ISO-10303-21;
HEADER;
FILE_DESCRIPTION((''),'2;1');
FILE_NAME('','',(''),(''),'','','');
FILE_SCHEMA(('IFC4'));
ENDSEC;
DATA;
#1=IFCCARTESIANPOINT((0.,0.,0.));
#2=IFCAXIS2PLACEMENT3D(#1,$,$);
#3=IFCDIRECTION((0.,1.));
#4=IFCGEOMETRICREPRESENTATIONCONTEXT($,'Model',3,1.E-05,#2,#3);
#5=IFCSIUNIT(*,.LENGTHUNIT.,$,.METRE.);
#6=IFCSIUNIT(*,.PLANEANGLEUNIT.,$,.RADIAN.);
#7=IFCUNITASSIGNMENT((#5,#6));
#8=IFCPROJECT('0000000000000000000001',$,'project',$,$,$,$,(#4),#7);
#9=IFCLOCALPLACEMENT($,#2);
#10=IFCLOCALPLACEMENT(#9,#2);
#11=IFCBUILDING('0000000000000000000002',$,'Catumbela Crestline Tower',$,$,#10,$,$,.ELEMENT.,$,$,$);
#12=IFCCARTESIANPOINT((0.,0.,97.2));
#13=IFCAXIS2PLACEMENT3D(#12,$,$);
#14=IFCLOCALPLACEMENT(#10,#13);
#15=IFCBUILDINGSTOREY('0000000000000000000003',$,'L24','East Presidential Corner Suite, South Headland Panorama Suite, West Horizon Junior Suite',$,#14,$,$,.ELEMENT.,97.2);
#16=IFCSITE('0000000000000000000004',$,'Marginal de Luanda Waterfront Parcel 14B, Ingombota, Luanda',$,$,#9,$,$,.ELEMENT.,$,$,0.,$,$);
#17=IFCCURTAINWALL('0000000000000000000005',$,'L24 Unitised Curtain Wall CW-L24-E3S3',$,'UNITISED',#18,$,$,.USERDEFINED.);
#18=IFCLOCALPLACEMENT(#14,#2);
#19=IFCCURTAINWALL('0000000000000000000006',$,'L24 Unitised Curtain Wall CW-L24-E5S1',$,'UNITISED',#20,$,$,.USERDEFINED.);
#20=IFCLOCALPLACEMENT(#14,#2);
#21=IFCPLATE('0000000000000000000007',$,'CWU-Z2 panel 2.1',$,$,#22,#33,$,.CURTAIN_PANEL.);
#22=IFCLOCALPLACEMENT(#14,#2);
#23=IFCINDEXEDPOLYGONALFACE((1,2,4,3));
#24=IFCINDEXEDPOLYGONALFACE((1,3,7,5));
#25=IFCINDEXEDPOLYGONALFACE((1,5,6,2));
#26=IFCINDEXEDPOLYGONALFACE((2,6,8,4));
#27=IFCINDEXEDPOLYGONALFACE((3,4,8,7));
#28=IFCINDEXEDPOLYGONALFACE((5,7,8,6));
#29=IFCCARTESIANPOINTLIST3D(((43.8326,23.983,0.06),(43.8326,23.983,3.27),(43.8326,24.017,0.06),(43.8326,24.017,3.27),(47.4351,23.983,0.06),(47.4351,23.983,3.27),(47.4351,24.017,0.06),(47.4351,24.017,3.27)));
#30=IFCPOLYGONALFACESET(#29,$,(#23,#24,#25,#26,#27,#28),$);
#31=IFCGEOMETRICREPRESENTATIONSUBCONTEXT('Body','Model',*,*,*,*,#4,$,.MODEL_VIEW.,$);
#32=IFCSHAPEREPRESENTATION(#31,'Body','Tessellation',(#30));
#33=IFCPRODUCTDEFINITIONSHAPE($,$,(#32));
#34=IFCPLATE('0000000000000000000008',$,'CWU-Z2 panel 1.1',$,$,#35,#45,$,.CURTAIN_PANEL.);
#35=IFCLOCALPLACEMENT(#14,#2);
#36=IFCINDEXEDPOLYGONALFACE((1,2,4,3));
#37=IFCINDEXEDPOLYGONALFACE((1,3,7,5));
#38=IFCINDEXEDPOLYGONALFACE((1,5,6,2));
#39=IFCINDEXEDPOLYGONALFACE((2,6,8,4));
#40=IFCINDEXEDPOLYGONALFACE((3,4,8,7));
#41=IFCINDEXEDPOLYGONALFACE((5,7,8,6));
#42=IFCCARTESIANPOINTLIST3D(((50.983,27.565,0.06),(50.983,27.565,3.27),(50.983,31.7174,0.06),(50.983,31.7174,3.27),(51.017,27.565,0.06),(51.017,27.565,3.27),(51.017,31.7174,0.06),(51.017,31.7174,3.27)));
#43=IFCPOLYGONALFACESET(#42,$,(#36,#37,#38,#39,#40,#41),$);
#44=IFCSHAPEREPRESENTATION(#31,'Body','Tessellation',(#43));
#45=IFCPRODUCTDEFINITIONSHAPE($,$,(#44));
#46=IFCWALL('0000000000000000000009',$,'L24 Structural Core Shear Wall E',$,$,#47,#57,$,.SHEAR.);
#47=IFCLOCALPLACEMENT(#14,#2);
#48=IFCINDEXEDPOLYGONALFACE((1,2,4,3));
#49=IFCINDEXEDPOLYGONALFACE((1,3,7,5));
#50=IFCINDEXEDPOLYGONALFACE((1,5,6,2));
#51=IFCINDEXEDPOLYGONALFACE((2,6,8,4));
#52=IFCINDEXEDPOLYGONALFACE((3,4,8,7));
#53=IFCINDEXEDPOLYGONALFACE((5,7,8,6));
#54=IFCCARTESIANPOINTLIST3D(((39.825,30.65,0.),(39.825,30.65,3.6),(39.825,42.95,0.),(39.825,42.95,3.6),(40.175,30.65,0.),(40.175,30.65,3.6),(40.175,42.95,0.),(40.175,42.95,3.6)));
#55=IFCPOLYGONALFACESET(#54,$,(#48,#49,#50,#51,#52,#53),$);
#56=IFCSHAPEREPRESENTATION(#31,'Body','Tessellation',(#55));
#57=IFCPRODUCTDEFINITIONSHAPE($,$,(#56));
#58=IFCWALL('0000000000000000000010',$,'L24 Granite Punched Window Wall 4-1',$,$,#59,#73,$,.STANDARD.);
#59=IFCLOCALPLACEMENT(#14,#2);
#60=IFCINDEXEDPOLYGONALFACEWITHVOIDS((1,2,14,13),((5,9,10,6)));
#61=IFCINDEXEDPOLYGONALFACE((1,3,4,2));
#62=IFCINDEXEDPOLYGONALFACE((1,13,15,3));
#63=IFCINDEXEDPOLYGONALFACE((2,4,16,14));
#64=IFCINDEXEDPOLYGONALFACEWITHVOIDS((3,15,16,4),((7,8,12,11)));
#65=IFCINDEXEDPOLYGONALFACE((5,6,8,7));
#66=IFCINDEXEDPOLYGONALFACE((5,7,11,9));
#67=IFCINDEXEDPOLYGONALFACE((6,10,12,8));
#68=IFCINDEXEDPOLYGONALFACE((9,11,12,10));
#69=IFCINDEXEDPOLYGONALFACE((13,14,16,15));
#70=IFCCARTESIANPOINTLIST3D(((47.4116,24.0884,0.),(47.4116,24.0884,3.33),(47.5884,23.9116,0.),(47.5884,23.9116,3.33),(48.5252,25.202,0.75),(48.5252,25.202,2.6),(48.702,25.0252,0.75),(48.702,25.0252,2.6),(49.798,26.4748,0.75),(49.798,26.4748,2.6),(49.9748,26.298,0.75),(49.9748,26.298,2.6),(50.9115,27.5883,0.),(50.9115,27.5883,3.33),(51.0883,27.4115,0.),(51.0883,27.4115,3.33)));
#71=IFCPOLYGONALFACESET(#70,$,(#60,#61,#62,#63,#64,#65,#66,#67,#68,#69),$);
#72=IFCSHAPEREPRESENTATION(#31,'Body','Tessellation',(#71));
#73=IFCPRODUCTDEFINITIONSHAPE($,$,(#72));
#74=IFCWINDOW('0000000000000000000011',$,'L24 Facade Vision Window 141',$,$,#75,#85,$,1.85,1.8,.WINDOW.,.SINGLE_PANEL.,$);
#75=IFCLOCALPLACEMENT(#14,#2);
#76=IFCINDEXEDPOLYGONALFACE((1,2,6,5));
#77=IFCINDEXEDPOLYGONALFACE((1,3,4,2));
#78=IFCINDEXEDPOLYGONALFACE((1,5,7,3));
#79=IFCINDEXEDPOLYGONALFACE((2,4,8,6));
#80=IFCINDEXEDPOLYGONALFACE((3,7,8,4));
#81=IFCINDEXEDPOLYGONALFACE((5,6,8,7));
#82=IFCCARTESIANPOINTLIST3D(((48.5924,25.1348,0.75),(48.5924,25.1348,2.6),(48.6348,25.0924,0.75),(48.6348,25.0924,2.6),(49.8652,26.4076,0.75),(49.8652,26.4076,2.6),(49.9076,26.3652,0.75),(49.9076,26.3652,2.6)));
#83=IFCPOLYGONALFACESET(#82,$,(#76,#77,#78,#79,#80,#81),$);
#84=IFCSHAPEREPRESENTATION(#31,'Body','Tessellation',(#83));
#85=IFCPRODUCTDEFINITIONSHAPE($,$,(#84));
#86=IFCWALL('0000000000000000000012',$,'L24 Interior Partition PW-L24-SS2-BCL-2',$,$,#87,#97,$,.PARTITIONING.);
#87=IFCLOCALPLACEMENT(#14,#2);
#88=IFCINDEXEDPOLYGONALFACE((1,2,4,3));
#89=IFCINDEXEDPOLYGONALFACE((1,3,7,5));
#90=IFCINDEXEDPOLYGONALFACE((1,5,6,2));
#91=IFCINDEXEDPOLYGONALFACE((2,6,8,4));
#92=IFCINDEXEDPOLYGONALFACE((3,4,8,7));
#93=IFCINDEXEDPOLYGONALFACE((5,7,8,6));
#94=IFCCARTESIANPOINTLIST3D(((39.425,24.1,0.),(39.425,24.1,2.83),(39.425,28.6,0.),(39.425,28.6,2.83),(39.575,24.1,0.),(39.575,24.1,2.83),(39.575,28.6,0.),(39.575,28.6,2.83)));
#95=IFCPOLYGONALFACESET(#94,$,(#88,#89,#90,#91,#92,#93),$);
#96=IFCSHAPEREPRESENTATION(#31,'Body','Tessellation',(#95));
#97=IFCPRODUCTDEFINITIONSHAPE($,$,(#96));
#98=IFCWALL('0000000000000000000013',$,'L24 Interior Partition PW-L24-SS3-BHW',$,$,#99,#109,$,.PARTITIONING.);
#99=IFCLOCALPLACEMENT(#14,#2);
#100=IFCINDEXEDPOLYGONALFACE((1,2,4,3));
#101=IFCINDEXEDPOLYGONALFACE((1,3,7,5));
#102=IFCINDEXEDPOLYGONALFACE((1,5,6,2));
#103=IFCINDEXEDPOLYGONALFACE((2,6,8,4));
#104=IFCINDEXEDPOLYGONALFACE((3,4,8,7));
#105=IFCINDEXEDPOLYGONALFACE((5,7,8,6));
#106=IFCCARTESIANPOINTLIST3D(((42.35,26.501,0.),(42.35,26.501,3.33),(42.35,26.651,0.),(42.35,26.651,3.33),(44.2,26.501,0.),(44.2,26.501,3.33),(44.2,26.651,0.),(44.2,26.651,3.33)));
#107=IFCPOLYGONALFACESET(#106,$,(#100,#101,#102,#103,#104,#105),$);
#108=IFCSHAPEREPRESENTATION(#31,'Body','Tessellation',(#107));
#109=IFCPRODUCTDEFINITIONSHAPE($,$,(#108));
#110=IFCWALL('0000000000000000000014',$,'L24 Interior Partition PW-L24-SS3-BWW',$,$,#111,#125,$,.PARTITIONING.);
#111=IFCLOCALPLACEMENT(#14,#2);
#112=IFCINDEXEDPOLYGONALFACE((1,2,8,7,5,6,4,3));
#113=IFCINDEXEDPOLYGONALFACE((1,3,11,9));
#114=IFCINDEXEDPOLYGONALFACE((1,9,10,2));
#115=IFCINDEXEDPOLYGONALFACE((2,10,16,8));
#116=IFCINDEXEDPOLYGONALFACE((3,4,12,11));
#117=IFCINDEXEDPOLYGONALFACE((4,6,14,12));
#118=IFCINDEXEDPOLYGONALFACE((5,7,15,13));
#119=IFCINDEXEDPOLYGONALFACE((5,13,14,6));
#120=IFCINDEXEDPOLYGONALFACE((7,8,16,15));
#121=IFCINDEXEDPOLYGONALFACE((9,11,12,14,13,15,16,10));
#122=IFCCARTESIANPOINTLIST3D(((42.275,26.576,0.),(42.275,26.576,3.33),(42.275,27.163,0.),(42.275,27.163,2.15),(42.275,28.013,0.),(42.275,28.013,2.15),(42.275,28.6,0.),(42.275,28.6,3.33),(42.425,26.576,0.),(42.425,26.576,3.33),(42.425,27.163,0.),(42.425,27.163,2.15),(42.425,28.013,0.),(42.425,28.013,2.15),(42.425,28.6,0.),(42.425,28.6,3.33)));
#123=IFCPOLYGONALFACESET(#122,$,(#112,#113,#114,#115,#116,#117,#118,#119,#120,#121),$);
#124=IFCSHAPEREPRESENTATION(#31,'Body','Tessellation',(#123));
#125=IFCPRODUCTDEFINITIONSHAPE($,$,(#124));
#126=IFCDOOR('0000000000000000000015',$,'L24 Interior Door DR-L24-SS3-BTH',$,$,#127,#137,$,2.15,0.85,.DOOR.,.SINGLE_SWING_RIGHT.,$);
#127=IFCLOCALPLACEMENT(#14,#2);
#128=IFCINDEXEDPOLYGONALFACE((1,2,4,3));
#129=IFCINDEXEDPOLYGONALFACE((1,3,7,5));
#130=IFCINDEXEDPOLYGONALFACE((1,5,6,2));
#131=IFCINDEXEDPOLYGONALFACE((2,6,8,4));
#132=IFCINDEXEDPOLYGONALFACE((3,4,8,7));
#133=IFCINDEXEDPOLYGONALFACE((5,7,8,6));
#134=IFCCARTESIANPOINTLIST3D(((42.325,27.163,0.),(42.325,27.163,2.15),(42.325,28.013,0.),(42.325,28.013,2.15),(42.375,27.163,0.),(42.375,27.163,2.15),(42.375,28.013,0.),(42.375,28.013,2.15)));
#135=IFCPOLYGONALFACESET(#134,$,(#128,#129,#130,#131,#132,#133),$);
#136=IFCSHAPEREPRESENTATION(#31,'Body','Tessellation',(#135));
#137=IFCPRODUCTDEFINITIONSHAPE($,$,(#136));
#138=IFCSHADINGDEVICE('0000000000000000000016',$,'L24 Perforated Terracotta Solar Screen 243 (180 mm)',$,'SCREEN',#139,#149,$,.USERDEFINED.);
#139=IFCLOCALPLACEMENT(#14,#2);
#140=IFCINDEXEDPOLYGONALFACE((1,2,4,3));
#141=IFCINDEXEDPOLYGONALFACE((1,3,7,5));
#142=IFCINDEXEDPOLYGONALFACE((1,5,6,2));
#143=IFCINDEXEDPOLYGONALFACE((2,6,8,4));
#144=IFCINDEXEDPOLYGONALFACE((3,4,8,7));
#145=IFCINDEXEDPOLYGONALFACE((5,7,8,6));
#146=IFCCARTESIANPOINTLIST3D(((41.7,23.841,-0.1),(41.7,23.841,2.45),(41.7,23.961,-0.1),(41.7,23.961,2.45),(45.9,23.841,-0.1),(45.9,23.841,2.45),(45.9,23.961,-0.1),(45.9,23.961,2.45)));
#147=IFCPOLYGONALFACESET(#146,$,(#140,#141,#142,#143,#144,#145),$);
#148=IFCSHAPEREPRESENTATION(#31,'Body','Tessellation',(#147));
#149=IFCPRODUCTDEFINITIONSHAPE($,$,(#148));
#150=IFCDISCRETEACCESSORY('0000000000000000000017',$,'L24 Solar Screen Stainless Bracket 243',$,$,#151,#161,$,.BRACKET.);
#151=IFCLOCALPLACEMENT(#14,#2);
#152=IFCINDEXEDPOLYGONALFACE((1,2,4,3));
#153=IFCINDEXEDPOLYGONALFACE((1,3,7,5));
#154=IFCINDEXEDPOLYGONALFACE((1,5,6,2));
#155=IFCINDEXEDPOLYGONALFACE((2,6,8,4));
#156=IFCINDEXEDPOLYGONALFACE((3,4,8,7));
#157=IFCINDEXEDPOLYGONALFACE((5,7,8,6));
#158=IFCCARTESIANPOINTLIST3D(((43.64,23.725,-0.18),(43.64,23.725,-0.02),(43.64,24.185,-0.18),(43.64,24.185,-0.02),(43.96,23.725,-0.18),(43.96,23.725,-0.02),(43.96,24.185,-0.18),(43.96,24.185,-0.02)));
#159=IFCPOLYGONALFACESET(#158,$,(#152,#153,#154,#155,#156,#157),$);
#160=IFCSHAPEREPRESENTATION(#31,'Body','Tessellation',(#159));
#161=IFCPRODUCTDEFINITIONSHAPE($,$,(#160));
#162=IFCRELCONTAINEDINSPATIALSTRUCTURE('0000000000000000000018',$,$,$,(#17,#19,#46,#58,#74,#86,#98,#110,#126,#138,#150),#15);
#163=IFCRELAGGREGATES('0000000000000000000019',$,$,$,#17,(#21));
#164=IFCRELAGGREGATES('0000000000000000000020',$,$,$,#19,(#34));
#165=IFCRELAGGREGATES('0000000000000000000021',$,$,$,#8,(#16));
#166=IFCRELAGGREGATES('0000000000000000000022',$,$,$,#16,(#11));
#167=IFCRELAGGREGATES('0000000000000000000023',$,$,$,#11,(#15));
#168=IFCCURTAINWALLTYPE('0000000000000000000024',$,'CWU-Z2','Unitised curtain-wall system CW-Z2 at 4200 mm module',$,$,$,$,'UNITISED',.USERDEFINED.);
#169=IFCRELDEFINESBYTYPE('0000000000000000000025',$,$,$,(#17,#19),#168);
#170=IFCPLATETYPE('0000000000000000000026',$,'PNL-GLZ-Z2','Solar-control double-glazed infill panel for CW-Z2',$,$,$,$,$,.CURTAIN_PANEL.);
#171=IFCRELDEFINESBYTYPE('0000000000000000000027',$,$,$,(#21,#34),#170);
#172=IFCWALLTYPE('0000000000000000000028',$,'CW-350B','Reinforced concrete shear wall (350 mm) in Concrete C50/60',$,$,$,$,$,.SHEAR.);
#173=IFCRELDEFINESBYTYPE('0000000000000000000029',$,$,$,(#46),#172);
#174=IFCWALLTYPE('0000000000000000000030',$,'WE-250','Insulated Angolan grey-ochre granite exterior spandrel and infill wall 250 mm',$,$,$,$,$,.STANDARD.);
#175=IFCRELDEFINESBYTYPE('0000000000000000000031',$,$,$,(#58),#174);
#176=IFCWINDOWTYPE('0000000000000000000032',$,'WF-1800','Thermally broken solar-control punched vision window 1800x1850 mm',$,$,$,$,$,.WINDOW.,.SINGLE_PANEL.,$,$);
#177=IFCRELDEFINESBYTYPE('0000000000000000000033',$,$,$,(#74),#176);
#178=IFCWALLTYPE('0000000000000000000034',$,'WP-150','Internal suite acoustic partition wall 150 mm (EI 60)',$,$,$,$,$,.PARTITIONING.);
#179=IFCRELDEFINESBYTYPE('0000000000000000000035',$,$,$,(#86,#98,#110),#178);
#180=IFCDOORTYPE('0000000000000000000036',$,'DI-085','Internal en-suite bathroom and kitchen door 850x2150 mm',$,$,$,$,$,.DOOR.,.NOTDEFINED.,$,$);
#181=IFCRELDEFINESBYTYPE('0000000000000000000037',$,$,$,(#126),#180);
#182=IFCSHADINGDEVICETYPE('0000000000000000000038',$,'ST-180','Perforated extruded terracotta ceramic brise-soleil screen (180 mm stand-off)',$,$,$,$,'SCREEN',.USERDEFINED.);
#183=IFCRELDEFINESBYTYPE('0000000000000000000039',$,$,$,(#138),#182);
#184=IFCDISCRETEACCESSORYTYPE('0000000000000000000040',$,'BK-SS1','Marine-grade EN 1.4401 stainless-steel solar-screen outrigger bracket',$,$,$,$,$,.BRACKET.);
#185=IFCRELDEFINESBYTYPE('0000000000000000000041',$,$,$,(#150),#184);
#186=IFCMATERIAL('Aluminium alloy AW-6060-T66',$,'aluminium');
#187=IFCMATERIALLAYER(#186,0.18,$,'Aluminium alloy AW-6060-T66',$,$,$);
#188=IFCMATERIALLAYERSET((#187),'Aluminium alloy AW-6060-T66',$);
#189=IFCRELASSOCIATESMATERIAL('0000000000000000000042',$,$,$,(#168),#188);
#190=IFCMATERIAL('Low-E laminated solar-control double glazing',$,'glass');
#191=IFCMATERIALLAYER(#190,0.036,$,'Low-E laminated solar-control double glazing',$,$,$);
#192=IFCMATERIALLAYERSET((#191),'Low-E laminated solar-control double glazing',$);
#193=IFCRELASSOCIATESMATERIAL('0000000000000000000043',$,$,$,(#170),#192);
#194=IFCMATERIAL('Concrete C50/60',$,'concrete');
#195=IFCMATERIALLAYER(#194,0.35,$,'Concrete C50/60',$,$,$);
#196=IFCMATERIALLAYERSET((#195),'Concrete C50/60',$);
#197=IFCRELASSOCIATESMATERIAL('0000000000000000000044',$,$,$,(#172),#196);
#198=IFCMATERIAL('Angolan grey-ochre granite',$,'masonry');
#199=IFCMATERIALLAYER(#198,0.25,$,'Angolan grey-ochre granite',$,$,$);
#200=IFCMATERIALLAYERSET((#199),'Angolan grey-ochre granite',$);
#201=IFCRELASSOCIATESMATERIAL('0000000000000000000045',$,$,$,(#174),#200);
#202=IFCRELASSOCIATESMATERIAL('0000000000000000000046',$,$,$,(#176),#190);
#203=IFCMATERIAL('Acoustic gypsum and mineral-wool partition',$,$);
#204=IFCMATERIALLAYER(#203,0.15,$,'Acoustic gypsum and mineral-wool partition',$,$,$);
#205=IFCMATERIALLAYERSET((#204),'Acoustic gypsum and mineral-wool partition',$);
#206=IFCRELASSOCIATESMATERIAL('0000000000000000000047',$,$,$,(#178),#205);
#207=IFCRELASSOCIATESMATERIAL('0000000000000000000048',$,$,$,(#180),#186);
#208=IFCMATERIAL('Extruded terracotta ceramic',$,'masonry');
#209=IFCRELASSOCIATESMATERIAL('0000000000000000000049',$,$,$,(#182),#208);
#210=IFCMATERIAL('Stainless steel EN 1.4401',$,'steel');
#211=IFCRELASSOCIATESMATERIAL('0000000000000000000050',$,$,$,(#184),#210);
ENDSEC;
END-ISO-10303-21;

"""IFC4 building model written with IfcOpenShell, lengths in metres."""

from ifc_helpers import new_model, si_unit, direction, frame, frame_2d, origin, origin_2d, place, context, subcontext, project, spatial, rectangle, extrude, material, layer, layer_set, type_object, element, fill, aggregate, save


model = new_model("IFC4")

# Units and contexts
model_context = context("Model", 3, precision=1e-05, world=origin(), true_north=direction((0.0, 1.0)))
body_context = subcontext(model_context, "Body", "Model", "MODEL_VIEW")
ifc_project = project(units=[si_unit("LENGTHUNIT", "METRE"), si_unit("PLANEANGLEUNIT", "RADIAN")], contexts=[model_context])

# Site, building, storey
site_placement = place(None, origin())
site = spatial("IfcSite", under=ifc_project, at=site_placement, Name="Marginal de Luanda Waterfront Parcel 14B, Ingombota, Luanda", CompositionType="ELEMENT", RefElevation=0.0)
building_placement = place(site_placement, origin())
building = spatial("IfcBuilding", under=site, at=building_placement, Name="Catumbela Crestline Tower", CompositionType="ELEMENT")
storey_placement = place(building_placement, frame((0.0, 0.0, 97.2)))
storey = spatial("IfcBuildingStorey", under=building, at=storey_placement, Name="L24", Description="East Presidential Corner Suite, South Headland Panorama Suite, West Horizon Junior Suite", CompositionType="ELEMENT", Elevation=97.2)

# Shared definitions
ifc_material_1 = material(Name="Concrete C50/60", Category="concrete")

# Curtain wall
ifc_material_2 = material(Name="Aluminium alloy AW-6060-T66", Category="aluminium")
ifc_layer_1 = layer(ifc_material_2, 0.18, Name="Aluminium alloy AW-6060-T66")
ifc_layer_set_1 = layer_set([ifc_layer_1], Name="Aluminium alloy AW-6060-T66")
curtain_wall_type = type_object("IfcCurtainWallType", Name="CWU-Z2", Description="Unitised curtain-wall system CW-Z2 at 4200 mm module", ElementType="UNITISED", PredefinedType="USERDEFINED", material=ifc_layer_set_1)
curtain_wall_1_placement = place(storey_placement, origin())
curtain_wall_1 = element("IfcCurtainWall", 1, at=curtain_wall_1_placement, inside=storey, type_object=curtain_wall_type, Name="L24 Unitised Curtain Wall CW-L24-E3S3", ObjectType="UNITISED", PredefinedType="USERDEFINED")

# Curtain wall
curtain_wall_2_placement = place(storey_placement, origin())
curtain_wall_2 = element("IfcCurtainWall", 2, at=curtain_wall_2_placement, inside=storey, type_object=curtain_wall_type, Name="L24 Unitised Curtain Wall CW-L24-E5S1", ObjectType="UNITISED", PredefinedType="USERDEFINED")

# Plates
ifc_material_3 = material(Name="Low-E laminated solar-control double glazing", Category="glass")
ifc_layer_2 = layer(ifc_material_3, 0.036, Name="Low-E laminated solar-control double glazing")
ifc_layer_set_2 = layer_set([ifc_layer_2], Name="Low-E laminated solar-control double glazing")
plate_type = type_object("IfcPlateType", Name="PNL-GLZ-Z2", Description="Solar-control double-glazed infill panel for CW-Z2", PredefinedType="CURTAIN_PANEL", material=ifc_layer_set_2)
plate_1_placement = place(storey_placement, frame((45.6338, 24.0, 0.06), z_axis=(0.0, 0.0, 1.0), x_axis=(1.0, 0.0, 0.0)))
plate_1 = element("IfcPlate", 3, at=plate_1_placement, type_object=plate_type, Name="CWU-Z2 panel 2.1", PredefinedType="CURTAIN_PANEL", context=body_context, shape_type="SweptSolid", body=[
    extrude(rectangle(XDim=3.6025, YDim=0.034, at=origin_2d()), origin(), (0.0, 0.0, 1.0), 3.21),
])
aggregate(curtain_wall_1, [plate_1])
plate_2_placement = place(storey_placement, frame((51.0, 29.6412, 0.06), z_axis=(0.0, 0.0, 1.0), x_axis=(0.0, 1.0, 0.0)))
plate_2 = element("IfcPlate", 4, at=plate_2_placement, type_object=plate_type, Name="CWU-Z2 panel 1.1", PredefinedType="CURTAIN_PANEL", context=body_context, shape_type="SweptSolid", body=[
    extrude(rectangle(XDim=4.1525, YDim=0.034, at=origin_2d()), origin(), (0.0, 0.0, 1.0), 3.21),
])
aggregate(curtain_wall_2, [plate_2])

# Wall
ifc_layer_3 = layer(ifc_material_1, 0.35, Name="Concrete C50/60")
ifc_layer_set_3 = layer_set([ifc_layer_3], Name="Concrete C50/60")
wall_type_1 = type_object("IfcWallType", Name="CW-350B", Description="Reinforced concrete shear wall (350 mm) in Concrete C50/60", PredefinedType="SHEAR", material=ifc_layer_set_3)
wall_1_placement = place(storey_placement, frame((40.0, 30.65, 0.0), z_axis=(0.0, 0.0, 1.0), x_axis=(0.0, 1.0, 0.0)))
element("IfcWall", 5, at=wall_1_placement, inside=storey, type_object=wall_type_1, Name="L24 Structural Core Shear Wall E", PredefinedType="SHEAR", context=body_context, shape_type="SweptSolid", body=[
    extrude(rectangle(XDim=12.3, YDim=0.35, at=frame_2d((6.15, 0.0))), origin(), (0.0, 0.0, 1.0), 3.6),
])

# Wall, opening, window
ifc_material_4 = material(Name="Angolan grey-ochre granite", Category="masonry")
ifc_layer_4 = layer(ifc_material_4, 0.25, Name="Angolan grey-ochre granite")
ifc_layer_set_4 = layer_set([ifc_layer_4], Name="Angolan grey-ochre granite")
wall_type_2 = type_object("IfcWallType", Name="WE-250", Description="Insulated Angolan grey-ochre granite exterior spandrel and infill wall 250 mm", PredefinedType="STANDARD", material=ifc_layer_set_4)
wall_2_placement = place(storey_placement, frame((47.5, 24.0, 0.0), z_axis=(0.0, 0.0, 1.0), x_axis=(0.707107, 0.707107, 0.0)))
wall_2 = element("IfcWall", 6, at=wall_2_placement, inside=storey, type_object=wall_type_2, Name="L24 Granite Punched Window Wall 4-1", PredefinedType="STANDARD", context=body_context, shape_type="SweptSolid", body=[
    extrude(rectangle(XDim=4.9497, YDim=0.25, at=frame_2d((2.4748, 0.0))), origin(), (0.0, 0.0, 1.0), 3.33),
])
opening_1_placement = place(wall_2_placement, frame((1.5749, 0.0, 0.75)))
opening_1 = element("IfcOpeningElement", 7, at=opening_1_placement, cuts=wall_2, PredefinedType="OPENING", context=body_context, shape_type="SweptSolid", body=[
    extrude(rectangle(XDim=1.8, YDim=1.85, at=frame_2d((0.9, 0.925))), frame((0.0, 0.135, 0.0), z_axis=(0.0, -1.0, 0.0), x_axis=(1.0, 0.0, 0.0)), (0.0, 0.0, 1.0), 0.27),
])
window_type = type_object("IfcWindowType", Name="WF-1800", Description="Thermally broken solar-control punched vision window 1800x1850 mm", PartitioningType="SINGLE_PANEL", PredefinedType="WINDOW", material=ifc_material_3)
window_placement = place(opening_1_placement, origin())
window = element("IfcWindow", 8, at=window_placement, inside=storey, type_object=window_type, Name="L24 Facade Vision Window 141", OverallHeight=1.85, OverallWidth=1.8, PartitioningType="SINGLE_PANEL", PredefinedType="WINDOW", context=body_context, shape_type="SweptSolid", body=[
    extrude(rectangle(XDim=1.8, YDim=1.85, at=frame_2d((0.9, 0.925))), frame((0.0, 0.03, 0.0), z_axis=(0.0, -1.0, 0.0), x_axis=(1.0, 0.0, 0.0)), (0.0, 0.0, 1.0), 0.06),
])
fill(opening_1, window)

# Walls
ifc_material_5 = material(Name="Acoustic gypsum and mineral-wool partition")
ifc_layer_5 = layer(ifc_material_5, 0.15, Name="Acoustic gypsum and mineral-wool partition")
ifc_layer_set_5 = layer_set([ifc_layer_5], Name="Acoustic gypsum and mineral-wool partition")
wall_type_3 = type_object("IfcWallType", Name="WP-150", Description="Internal suite acoustic partition wall 150 mm (EI 60)", PredefinedType="PARTITIONING", material=ifc_layer_set_5)
wall_3_placement = place(storey_placement, frame((39.5, 28.6, 0.0), z_axis=(0.0, 0.0, 1.0), x_axis=(0.0, -1.0, 0.0)))
element("IfcWall", 9, at=wall_3_placement, inside=storey, type_object=wall_type_3, Name="L24 Interior Partition PW-L24-SS2-BCL-2", PredefinedType="PARTITIONING", context=body_context, shape_type="SweptSolid", body=[
    extrude(rectangle(XDim=4.5, YDim=0.15, at=frame_2d((2.25, 0.0))), origin(), (0.0, 0.0, 1.0), 2.83),
])
wall_4_placement = place(storey_placement, frame((42.35, 26.576, 0.0), z_axis=(0.0, 0.0, 1.0), x_axis=(1.0, 0.0, 0.0)))
element("IfcWall", 10, at=wall_4_placement, inside=storey, type_object=wall_type_3, Name="L24 Interior Partition PW-L24-SS3-BHW", PredefinedType="PARTITIONING", context=body_context, shape_type="SweptSolid", body=[
    extrude(rectangle(XDim=1.85, YDim=0.15, at=frame_2d((0.925, 0.0))), origin(), (0.0, 0.0, 1.0), 3.33),
])

# Wall, opening, door
wall_5_placement = place(storey_placement, frame((42.35, 26.576, 0.0), z_axis=(0.0, 0.0, 1.0), x_axis=(0.0, 1.0, 0.0)))
wall_5 = element("IfcWall", 11, at=wall_5_placement, inside=storey, type_object=wall_type_3, Name="L24 Interior Partition PW-L24-SS3-BWW", PredefinedType="PARTITIONING", context=body_context, shape_type="SweptSolid", body=[
    extrude(rectangle(XDim=2.024, YDim=0.15, at=frame_2d((1.012, 0.0))), origin(), (0.0, 0.0, 1.0), 3.33),
])
opening_2_placement = place(wall_5_placement, frame((0.587, 0.0, 0.0)))
opening_2 = element("IfcOpeningElement", 12, at=opening_2_placement, cuts=wall_5, PredefinedType="OPENING", context=body_context, shape_type="SweptSolid", body=[
    extrude(rectangle(XDim=0.85, YDim=2.15, at=frame_2d((0.425, 1.075))), frame((0.0, 0.085, 0.0), z_axis=(0.0, -1.0, 0.0), x_axis=(1.0, 0.0, 0.0)), (0.0, 0.0, 1.0), 0.17),
])
door_type = type_object("IfcDoorType", Name="DI-085", Description="Internal en-suite bathroom and kitchen door 850x2150 mm", OperationType="NOTDEFINED", PredefinedType="DOOR", material=ifc_material_2)
door_placement = place(opening_2_placement, origin())
door = element("IfcDoor", 13, at=door_placement, inside=storey, type_object=door_type, Name="L24 Interior Door DR-L24-SS3-BTH", OperationType="SINGLE_SWING_RIGHT", OverallHeight=2.15, OverallWidth=0.85, PredefinedType="DOOR", context=body_context, shape_type="SweptSolid", body=[
    extrude(rectangle(XDim=0.85, YDim=2.15, at=frame_2d((0.425, 1.075))), frame((0.0, 0.025, 0.0), z_axis=(0.0, -1.0, 0.0), x_axis=(1.0, 0.0, 0.0)), (0.0, 0.0, 1.0), 0.05),
])
fill(opening_2, door)

# Shading device
ifc_material_6 = material(Name="Extruded terracotta ceramic", Category="masonry")
shading_device_type = type_object("IfcShadingDeviceType", Name="ST-180", Description="Perforated extruded terracotta ceramic brise-soleil screen (180 mm stand-off)", ElementType="SCREEN", PredefinedType="USERDEFINED", material=ifc_material_6)
shading_device_placement = place(storey_placement, frame((43.8, 23.901, -0.1), z_axis=(0.0, 0.0, 1.0), x_axis=(1.0, 0.0, 0.0)))
element("IfcShadingDevice", 14, at=shading_device_placement, inside=storey, type_object=shading_device_type, Name="L24 Perforated Terracotta Solar Screen 243 (180 mm)", ObjectType="SCREEN", PredefinedType="USERDEFINED", context=body_context, shape_type="SweptSolid", body=[
    extrude(rectangle(XDim=4.2, YDim=0.12, at=origin_2d()), origin(), (0.0, 0.0, 1.0), 2.55),
])

# Discrete accessory
ifc_material_7 = material(Name="Stainless steel EN 1.4401", Category="steel")
discrete_accessory_type = type_object("IfcDiscreteAccessoryType", Name="BK-SS1", Description="Marine-grade EN 1.4401 stainless-steel solar-screen outrigger bracket", PredefinedType="BRACKET", material=ifc_material_7)
discrete_accessory_placement = place(storey_placement, frame((43.8, 23.955, -0.18), z_axis=(0.0, 0.0, 1.0), x_axis=(1.0, 0.0, 0.0)))
element("IfcDiscreteAccessory", 15, at=discrete_accessory_placement, inside=storey, type_object=discrete_accessory_type, Name="L24 Solar Screen Stainless Bracket 243", PredefinedType="BRACKET", context=body_context, shape_type="SweptSolid", body=[
    extrude(rectangle(XDim=0.32, YDim=0.46, at=origin_2d()), origin(), (0.0, 0.0, 1.0), 0.16),
])

save(model, "model.ifc")
